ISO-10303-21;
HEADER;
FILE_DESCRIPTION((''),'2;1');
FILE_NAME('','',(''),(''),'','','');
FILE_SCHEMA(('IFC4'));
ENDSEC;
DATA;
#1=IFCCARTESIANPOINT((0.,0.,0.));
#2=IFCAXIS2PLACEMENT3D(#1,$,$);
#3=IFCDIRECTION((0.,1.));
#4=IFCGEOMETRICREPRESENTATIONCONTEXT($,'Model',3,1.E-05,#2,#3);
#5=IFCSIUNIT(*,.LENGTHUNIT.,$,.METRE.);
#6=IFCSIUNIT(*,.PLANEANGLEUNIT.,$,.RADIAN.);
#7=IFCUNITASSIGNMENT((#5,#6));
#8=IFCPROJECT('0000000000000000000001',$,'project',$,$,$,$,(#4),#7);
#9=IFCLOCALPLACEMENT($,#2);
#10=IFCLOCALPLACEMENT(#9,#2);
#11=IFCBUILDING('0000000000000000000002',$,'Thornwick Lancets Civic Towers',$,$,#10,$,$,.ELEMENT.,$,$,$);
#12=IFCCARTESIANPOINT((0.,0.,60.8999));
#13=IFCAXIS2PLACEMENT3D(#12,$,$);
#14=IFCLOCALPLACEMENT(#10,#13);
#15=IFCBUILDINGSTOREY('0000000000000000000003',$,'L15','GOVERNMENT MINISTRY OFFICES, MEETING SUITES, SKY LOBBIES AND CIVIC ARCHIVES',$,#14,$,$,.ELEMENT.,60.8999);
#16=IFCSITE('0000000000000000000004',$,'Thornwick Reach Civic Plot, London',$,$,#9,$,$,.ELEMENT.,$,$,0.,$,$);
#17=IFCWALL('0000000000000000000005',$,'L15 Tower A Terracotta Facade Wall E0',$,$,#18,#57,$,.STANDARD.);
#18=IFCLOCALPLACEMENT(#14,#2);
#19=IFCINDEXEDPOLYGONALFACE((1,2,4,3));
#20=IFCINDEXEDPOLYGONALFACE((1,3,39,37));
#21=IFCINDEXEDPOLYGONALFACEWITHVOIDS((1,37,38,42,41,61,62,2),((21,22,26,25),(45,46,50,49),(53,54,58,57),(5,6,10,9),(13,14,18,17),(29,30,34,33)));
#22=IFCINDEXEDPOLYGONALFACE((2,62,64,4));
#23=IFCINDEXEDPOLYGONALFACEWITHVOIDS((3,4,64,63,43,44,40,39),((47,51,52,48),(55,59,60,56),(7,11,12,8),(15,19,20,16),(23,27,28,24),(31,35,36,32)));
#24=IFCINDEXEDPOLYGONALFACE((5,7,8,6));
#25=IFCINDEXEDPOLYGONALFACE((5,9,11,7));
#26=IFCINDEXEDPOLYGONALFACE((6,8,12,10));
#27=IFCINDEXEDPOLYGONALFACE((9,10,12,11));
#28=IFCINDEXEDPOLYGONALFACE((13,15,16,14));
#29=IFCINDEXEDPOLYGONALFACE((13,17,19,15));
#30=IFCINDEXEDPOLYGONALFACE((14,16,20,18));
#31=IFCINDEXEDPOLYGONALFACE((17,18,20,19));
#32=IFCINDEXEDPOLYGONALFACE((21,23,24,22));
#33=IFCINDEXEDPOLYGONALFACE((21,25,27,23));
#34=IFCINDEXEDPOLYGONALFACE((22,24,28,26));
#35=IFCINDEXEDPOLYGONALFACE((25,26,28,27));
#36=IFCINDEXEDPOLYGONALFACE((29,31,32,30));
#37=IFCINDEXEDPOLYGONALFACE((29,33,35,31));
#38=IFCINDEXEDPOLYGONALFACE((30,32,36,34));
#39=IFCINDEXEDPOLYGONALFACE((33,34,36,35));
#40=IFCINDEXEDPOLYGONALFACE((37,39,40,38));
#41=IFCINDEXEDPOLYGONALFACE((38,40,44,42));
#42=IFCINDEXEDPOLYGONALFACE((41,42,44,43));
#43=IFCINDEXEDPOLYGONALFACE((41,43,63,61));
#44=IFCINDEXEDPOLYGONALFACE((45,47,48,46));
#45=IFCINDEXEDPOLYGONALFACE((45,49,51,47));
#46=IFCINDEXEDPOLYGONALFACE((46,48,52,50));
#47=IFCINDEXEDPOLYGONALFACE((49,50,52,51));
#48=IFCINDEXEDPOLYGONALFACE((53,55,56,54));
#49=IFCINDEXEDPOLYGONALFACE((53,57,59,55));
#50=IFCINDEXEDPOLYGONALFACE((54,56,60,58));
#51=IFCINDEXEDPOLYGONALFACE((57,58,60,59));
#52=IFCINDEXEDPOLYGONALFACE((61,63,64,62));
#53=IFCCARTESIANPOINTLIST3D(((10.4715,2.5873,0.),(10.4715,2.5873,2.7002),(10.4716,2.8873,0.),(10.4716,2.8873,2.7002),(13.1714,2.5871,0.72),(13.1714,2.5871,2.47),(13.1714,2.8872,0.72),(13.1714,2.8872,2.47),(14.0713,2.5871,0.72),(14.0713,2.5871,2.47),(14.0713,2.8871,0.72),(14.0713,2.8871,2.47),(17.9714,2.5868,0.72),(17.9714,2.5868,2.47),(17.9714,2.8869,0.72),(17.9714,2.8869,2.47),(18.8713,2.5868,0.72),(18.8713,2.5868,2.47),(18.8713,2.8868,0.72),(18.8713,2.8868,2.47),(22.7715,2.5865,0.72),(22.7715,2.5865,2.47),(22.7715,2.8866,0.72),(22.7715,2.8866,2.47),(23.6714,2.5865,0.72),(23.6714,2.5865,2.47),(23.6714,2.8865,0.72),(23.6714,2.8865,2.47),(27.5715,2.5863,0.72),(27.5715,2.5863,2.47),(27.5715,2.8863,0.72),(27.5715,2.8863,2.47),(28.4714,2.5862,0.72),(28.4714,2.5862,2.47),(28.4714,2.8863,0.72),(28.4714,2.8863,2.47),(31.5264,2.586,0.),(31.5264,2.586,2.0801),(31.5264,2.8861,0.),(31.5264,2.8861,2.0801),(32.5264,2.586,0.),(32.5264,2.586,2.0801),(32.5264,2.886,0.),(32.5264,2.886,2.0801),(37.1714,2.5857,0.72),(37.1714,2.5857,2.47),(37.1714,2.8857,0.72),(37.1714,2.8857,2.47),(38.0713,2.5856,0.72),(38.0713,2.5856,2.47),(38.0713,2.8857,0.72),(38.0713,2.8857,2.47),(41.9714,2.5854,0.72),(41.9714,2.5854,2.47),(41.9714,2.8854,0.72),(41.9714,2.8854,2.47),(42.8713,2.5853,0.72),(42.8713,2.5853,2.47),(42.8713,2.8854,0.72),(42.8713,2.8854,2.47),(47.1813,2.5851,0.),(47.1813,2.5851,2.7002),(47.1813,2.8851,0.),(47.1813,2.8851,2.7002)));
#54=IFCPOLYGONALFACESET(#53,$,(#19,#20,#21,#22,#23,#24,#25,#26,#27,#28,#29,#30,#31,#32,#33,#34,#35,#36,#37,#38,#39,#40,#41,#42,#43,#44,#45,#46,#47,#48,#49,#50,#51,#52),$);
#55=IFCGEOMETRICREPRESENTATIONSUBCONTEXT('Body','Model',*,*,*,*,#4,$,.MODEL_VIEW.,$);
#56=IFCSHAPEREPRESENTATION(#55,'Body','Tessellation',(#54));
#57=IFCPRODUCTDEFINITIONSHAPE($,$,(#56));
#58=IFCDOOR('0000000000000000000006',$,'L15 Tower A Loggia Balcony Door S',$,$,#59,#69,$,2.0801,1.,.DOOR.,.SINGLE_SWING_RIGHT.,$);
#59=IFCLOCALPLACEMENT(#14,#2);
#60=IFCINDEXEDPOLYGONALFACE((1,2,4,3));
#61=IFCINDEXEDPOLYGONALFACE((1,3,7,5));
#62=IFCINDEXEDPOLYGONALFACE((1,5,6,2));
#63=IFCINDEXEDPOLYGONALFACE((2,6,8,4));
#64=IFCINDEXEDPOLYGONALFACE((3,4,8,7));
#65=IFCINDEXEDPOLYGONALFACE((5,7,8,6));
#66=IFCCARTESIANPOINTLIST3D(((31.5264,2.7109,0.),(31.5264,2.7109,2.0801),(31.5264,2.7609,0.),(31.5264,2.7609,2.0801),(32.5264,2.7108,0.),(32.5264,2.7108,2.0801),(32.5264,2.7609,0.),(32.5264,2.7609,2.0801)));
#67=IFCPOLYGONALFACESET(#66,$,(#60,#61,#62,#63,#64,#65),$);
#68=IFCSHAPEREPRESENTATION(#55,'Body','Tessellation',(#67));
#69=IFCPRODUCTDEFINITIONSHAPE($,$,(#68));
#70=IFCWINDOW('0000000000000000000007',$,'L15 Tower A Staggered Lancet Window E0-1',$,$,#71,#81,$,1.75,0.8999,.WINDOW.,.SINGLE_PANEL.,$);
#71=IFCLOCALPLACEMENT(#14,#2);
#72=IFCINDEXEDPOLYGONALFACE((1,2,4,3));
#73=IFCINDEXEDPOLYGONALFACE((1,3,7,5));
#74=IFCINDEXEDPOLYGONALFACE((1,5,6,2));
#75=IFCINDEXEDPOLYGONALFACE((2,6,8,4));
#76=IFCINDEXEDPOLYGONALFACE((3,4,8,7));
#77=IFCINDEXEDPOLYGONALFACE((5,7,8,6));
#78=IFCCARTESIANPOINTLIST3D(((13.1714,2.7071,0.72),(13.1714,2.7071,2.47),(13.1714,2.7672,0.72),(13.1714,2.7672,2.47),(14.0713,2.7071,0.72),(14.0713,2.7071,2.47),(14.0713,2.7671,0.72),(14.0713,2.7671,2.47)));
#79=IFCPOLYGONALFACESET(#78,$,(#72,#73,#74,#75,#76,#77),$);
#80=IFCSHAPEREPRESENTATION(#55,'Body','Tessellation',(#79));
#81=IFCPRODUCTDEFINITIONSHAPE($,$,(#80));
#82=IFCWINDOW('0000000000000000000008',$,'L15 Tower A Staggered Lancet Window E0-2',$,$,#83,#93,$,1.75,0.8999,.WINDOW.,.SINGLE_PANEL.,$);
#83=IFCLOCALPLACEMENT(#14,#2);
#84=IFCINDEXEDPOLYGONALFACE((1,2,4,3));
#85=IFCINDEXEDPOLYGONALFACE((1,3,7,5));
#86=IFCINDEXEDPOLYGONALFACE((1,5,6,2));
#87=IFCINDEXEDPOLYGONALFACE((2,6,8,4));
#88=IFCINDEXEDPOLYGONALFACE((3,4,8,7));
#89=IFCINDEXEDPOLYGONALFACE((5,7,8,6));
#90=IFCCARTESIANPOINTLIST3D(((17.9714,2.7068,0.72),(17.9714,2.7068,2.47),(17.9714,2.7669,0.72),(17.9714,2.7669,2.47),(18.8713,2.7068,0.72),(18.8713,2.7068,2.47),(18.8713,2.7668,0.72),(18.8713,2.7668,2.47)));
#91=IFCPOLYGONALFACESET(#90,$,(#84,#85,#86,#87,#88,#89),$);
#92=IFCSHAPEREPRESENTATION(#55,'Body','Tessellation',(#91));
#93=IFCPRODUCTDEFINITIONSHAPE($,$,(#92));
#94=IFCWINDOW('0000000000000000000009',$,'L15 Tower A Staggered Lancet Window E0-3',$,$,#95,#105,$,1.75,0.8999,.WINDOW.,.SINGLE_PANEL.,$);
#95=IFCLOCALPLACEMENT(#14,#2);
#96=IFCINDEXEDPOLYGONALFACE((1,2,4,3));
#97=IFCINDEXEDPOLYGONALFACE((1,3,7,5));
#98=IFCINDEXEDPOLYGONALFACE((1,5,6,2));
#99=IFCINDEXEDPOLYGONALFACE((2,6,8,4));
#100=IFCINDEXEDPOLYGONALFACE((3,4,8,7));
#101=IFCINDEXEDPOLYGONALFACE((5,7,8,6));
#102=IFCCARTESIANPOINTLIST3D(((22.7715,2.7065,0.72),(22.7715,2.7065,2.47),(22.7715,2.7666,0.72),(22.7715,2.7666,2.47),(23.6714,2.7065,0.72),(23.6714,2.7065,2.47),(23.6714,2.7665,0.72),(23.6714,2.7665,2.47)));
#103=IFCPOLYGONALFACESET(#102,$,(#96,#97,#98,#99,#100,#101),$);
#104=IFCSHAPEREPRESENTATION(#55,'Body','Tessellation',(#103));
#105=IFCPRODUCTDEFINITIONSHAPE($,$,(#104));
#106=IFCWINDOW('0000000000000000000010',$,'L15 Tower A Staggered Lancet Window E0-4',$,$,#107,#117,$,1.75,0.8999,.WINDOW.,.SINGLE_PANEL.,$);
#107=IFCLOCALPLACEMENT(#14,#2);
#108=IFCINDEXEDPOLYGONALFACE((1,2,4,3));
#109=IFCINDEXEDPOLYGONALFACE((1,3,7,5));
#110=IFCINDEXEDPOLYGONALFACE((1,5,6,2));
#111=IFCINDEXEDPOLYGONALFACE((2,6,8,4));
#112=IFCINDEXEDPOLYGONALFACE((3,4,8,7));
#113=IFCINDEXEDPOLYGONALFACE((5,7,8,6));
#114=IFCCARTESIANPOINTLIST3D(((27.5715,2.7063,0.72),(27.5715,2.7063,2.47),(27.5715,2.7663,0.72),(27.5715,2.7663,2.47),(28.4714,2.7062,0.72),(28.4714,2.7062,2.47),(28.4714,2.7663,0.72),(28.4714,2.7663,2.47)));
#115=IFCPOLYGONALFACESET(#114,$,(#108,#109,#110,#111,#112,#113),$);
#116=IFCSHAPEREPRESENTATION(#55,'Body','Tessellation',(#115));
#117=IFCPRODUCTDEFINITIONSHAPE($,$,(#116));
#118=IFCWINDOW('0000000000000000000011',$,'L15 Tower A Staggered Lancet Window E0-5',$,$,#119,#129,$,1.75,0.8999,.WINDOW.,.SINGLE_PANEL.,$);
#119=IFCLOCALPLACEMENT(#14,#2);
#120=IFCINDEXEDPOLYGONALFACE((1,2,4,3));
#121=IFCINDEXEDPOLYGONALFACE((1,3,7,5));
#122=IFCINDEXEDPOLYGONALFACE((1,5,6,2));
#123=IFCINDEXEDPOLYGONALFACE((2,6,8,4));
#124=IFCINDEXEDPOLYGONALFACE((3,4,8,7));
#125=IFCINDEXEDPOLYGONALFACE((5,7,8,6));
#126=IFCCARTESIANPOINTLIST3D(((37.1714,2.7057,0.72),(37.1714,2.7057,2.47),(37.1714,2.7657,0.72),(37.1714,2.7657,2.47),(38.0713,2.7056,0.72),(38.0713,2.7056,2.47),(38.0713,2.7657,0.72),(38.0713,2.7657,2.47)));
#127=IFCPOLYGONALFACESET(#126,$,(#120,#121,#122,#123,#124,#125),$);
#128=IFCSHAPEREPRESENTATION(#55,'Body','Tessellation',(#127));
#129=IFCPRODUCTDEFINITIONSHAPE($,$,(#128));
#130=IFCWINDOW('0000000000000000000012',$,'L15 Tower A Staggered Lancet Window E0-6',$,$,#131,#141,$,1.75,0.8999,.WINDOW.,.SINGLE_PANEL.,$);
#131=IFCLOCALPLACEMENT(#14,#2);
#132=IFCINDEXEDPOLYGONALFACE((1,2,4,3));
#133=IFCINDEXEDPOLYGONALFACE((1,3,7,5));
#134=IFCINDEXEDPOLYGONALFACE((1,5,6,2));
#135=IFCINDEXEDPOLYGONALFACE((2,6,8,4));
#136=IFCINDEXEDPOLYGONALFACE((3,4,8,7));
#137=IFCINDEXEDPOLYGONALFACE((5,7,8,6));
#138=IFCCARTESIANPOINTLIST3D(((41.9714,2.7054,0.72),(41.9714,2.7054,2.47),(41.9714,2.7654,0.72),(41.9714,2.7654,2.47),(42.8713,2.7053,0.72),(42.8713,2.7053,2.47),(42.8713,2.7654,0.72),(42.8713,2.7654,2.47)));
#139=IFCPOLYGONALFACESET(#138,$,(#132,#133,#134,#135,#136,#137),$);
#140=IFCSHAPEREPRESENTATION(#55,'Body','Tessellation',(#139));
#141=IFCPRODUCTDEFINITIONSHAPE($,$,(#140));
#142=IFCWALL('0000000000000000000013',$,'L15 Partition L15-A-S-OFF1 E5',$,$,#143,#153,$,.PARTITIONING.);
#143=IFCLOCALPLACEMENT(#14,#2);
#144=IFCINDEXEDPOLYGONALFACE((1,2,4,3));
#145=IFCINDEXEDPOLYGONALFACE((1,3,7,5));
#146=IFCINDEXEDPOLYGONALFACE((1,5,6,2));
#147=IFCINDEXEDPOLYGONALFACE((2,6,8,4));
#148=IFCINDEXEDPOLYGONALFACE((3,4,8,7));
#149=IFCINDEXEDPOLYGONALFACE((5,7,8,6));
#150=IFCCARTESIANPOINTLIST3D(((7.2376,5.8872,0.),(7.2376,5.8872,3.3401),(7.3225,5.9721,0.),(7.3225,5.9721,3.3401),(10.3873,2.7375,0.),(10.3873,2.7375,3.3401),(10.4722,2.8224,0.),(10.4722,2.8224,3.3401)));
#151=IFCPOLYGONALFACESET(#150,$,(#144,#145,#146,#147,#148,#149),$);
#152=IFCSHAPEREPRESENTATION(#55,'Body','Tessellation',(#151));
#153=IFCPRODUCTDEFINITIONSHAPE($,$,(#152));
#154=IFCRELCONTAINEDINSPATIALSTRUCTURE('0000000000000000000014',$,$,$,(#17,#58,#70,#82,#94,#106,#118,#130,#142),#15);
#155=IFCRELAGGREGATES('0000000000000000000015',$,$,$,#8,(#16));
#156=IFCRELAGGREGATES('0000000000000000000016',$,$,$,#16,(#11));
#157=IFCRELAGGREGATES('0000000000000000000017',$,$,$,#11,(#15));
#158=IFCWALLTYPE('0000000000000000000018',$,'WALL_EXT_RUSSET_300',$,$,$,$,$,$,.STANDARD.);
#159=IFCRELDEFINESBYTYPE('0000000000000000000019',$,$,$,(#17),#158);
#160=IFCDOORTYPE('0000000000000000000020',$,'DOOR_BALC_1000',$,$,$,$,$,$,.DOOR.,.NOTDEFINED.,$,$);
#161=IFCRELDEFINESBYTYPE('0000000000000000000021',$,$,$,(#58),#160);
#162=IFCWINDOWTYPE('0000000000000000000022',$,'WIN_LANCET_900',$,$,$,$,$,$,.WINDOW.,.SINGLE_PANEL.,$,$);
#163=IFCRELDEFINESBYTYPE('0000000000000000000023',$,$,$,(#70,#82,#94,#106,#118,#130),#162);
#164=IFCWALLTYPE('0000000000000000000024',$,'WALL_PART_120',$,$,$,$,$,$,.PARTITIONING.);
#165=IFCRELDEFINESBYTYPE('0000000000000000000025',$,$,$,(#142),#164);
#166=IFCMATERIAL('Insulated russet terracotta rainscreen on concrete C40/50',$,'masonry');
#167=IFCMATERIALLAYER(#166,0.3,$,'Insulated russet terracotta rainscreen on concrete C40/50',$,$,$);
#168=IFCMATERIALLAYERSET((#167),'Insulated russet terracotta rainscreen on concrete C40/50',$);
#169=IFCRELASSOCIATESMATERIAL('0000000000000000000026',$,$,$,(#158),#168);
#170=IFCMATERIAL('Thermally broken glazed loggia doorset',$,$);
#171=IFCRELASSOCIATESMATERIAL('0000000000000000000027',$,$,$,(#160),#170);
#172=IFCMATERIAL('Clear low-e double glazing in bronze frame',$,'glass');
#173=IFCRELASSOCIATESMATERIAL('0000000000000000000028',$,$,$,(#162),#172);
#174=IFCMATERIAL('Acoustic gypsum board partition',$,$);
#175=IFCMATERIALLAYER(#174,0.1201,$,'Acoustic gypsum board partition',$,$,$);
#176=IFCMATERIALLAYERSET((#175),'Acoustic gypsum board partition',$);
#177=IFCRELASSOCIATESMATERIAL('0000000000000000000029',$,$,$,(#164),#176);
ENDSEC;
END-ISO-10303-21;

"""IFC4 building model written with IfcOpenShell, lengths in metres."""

from ifc_helpers import new_model, si_unit, direction, frame, frame_2d, origin, place, context, subcontext, project, spatial, rectangle, extrude, material, layer, layer_set, type_object, element, fill, save


model = new_model("IFC4")

# Units and contexts
model_context = context("Model", 3, precision=1e-05, world=origin(), true_north=direction((0.0, 1.0)))
body_context = subcontext(model_context, "Body", "Model", "MODEL_VIEW")
ifc_project = project(units=[si_unit("LENGTHUNIT", "METRE"), si_unit("PLANEANGLEUNIT", "RADIAN")], contexts=[model_context])

# Site, building, storey
site_placement = place(None, origin())
site = spatial("IfcSite", under=ifc_project, at=site_placement, Name="Thornwick Reach Civic Plot, London", CompositionType="ELEMENT", RefElevation=0.0)
building_placement = place(site_placement, origin())
building = spatial("IfcBuilding", under=site, at=building_placement, Name="Thornwick Lancets Civic Towers", CompositionType="ELEMENT")
storey_placement = place(building_placement, frame((0.0, 0.0, 60.8999)))
storey = spatial("IfcBuildingStorey", under=building, at=storey_placement, Name="L15", Description="GOVERNMENT MINISTRY OFFICES, MEETING SUITES, SKY LOBBIES AND CIVIC ARCHIVES", CompositionType="ELEMENT", Elevation=60.8999)

# Wall, openings, door, windows
ifc_material_1 = material(Name="Insulated russet terracotta rainscreen on concrete C40/50", Category="masonry")
ifc_layer_1 = layer(ifc_material_1, 0.3, Name="Insulated russet terracotta rainscreen on concrete C40/50")
ifc_layer_set_1 = layer_set([ifc_layer_1], Name="Insulated russet terracotta rainscreen on concrete C40/50")
wall_type_1 = type_object("IfcWallType", Name="WALL_EXT_RUSSET_300", PredefinedType="STANDARD", material=ifc_layer_set_1)
wall_1_placement = place(storey_placement, frame((10.4714, 2.7373, 0.0), z_axis=(0.0, 0.0, 1.0), x_axis=(1.0, -0.00006, 0.0)))
wall_1 = element("IfcWall", 1, at=wall_1_placement, inside=storey, type_object=wall_type_1, Name="L15 Tower A Terracotta Facade Wall E0", PredefinedType="STANDARD", context=body_context, shape_type="SweptSolid", body=[
    extrude(rectangle(XDim=36.7097, YDim=0.3, at=frame_2d((18.355, 0.0))), origin(), (0.0, 0.0, 1.0), 2.7002),
])
opening_1_placement = place(wall_1_placement, frame((21.0549, 0.0, 0.0)))
opening_1 = element("IfcOpeningElement", 2, at=opening_1_placement, cuts=wall_1, PredefinedType="OPENING", context=body_context, shape_type="SweptSolid", body=[
    extrude(rectangle(XDim=1.0, YDim=2.0801, at=frame_2d((0.5, 1.04))), frame((0.0, 0.1602, 0.0), z_axis=(0.0, -1.0, 0.0), x_axis=(1.0, 0.0, 0.0)), (0.0, 0.0, 1.0), 0.3201),
])
opening_2_placement = place(wall_1_placement, frame((2.7, 0.0, 0.72)))
opening_2 = element("IfcOpeningElement", 3, at=opening_2_placement, cuts=wall_1, PredefinedType="OPENING", context=body_context, shape_type="SweptSolid", body=[
    extrude(rectangle(XDim=0.8999, YDim=1.75, at=frame_2d((0.45, 0.875))), frame((0.0, 0.1602, 0.0), z_axis=(0.0, -1.0, 0.0), x_axis=(1.0, 0.0, 0.0)), (0.0, 0.0, 1.0), 0.3201),
])
opening_3_placement = place(wall_1_placement, frame((7.5, 0.0, 0.72)))
opening_3 = element("IfcOpeningElement", 4, at=opening_3_placement, cuts=wall_1, PredefinedType="OPENING", context=body_context, shape_type="SweptSolid", body=[
    extrude(rectangle(XDim=0.8999, YDim=1.75, at=frame_2d((0.45, 0.875))), frame((0.0, 0.1602, 0.0), z_axis=(0.0, -1.0, 0.0), x_axis=(1.0, 0.0, 0.0)), (0.0, 0.0, 1.0), 0.3201),
])
opening_4_placement = place(wall_1_placement, frame((12.3, 0.0, 0.72)))
opening_4 = element("IfcOpeningElement", 5, at=opening_4_placement, cuts=wall_1, PredefinedType="OPENING", context=body_context, shape_type="SweptSolid", body=[
    extrude(rectangle(XDim=0.8999, YDim=1.75, at=frame_2d((0.45, 0.875))), frame((0.0, 0.1602, 0.0), z_axis=(0.0, -1.0, 0.0), x_axis=(1.0, 0.0, 0.0)), (0.0, 0.0, 1.0), 0.3201),
])
opening_5_placement = place(wall_1_placement, frame((17.1001, 0.0, 0.72)))
opening_5 = element("IfcOpeningElement", 6, at=opening_5_placement, cuts=wall_1, PredefinedType="OPENING", context=body_context, shape_type="SweptSolid", body=[
    extrude(rectangle(XDim=0.8999, YDim=1.75, at=frame_2d((0.45, 0.875))), frame((0.0, 0.1602, 0.0), z_axis=(0.0, -1.0, 0.0), x_axis=(1.0, 0.0, 0.0)), (0.0, 0.0, 1.0), 0.3201),
])
opening_6_placement = place(wall_1_placement, frame((26.7, 0.0, 0.72)))
opening_6 = element("IfcOpeningElement", 7, at=opening_6_placement, cuts=wall_1, PredefinedType="OPENING", context=body_context, shape_type="SweptSolid", body=[
    extrude(rectangle(XDim=0.8999, YDim=1.75, at=frame_2d((0.45, 0.875))), frame((0.0, 0.1602, 0.0), z_axis=(0.0, -1.0, 0.0), x_axis=(1.0, 0.0, 0.0)), (0.0, 0.0, 1.0), 0.3201),
])
opening_7_placement = place(wall_1_placement, frame((31.5, 0.0, 0.72)))
opening_7 = element("IfcOpeningElement", 8, at=opening_7_placement, cuts=wall_1, PredefinedType="OPENING", context=body_context, shape_type="SweptSolid", body=[
    extrude(rectangle(XDim=0.8999, YDim=1.75, at=frame_2d((0.45, 0.875))), frame((0.0, 0.1602, 0.0), z_axis=(0.0, -1.0, 0.0), x_axis=(1.0, 0.0, 0.0)), (0.0, 0.0, 1.0), 0.3201),
])
ifc_material_2 = material(Name="Thermally broken glazed loggia doorset")
door_type = type_object("IfcDoorType", Name="DOOR_BALC_1000", OperationType="NOTDEFINED", PredefinedType="DOOR", material=ifc_material_2)
door_placement = place(opening_1_placement, origin())
door = element("IfcDoor", 9, at=door_placement, inside=storey, type_object=door_type, Name="L15 Tower A Loggia Balcony Door S", OperationType="SINGLE_SWING_RIGHT", OverallHeight=2.0801, OverallWidth=1.0, PredefinedType="DOOR", context=body_context, shape_type="SweptSolid", body=[
    extrude(rectangle(XDim=1.0, YDim=2.0801, at=frame_2d((0.5, 1.04))), frame((0.0, 0.0249, 0.0), z_axis=(0.0, -1.0, 0.0), x_axis=(1.0, 0.0, 0.0)), (0.0, 0.0, 1.0), 0.05),
])
fill(opening_1, door)
ifc_material_3 = material(Name="Clear low-e double glazing in bronze frame", Category="glass")
window_type = type_object("IfcWindowType", Name="WIN_LANCET_900", PartitioningType="SINGLE_PANEL", PredefinedType="WINDOW", material=ifc_material_3)
window_1_placement = place(opening_2_placement, origin())
window_1 = element("IfcWindow", 10, at=window_1_placement, inside=storey, type_object=window_type, Name="L15 Tower A Staggered Lancet Window E0-1", OverallHeight=1.75, OverallWidth=0.8999, PartitioningType="SINGLE_PANEL", PredefinedType="WINDOW", context=body_context, shape_type="SweptSolid", body=[
    extrude(rectangle(XDim=0.8999, YDim=1.75, at=frame_2d((0.45, 0.875))), frame((0.0, 0.03, 0.0), z_axis=(0.0, -1.0, 0.0), x_axis=(1.0, 0.0, 0.0)), (0.0, 0.0, 1.0), 0.0601),
])
fill(opening_2, window_1)
window_2_placement = place(opening_3_placement, origin())
window_2 = element("IfcWindow", 11, at=window_2_placement, inside=storey, type_object=window_type, Name="L15 Tower A Staggered Lancet Window E0-2", OverallHeight=1.75, OverallWidth=0.8999, PartitioningType="SINGLE_PANEL", PredefinedType="WINDOW", context=body_context, shape_type="SweptSolid", body=[
    extrude(rectangle(XDim=0.8999, YDim=1.75, at=frame_2d((0.45, 0.875))), frame((0.0, 0.03, 0.0), z_axis=(0.0, -1.0, 0.0), x_axis=(1.0, 0.0, 0.0)), (0.0, 0.0, 1.0), 0.0601),
])
fill(opening_3, window_2)
window_3_placement = place(opening_4_placement, origin())
window_3 = element("IfcWindow", 12, at=window_3_placement, inside=storey, type_object=window_type, Name="L15 Tower A Staggered Lancet Window E0-3", OverallHeight=1.75, OverallWidth=0.8999, PartitioningType="SINGLE_PANEL", PredefinedType="WINDOW", context=body_context, shape_type="SweptSolid", body=[
    extrude(rectangle(XDim=0.8999, YDim=1.75, at=frame_2d((0.45, 0.875))), frame((0.0, 0.03, 0.0), z_axis=(0.0, -1.0, 0.0), x_axis=(1.0, 0.0, 0.0)), (0.0, 0.0, 1.0), 0.0601),
])
fill(opening_4, window_3)
window_4_placement = place(opening_5_placement, origin())
window_4 = element("IfcWindow", 13, at=window_4_placement, inside=storey, type_object=window_type, Name="L15 Tower A Staggered Lancet Window E0-4", OverallHeight=1.75, OverallWidth=0.8999, PartitioningType="SINGLE_PANEL", PredefinedType="WINDOW", context=body_context, shape_type="SweptSolid", body=[
    extrude(rectangle(XDim=0.8999, YDim=1.75, at=frame_2d((0.45, 0.875))), frame((0.0, 0.03, 0.0), z_axis=(0.0, -1.0, 0.0), x_axis=(1.0, 0.0, 0.0)), (0.0, 0.0, 1.0), 0.0601),
])
fill(opening_5, window_4)
window_5_placement = place(opening_6_placement, origin())
window_5 = element("IfcWindow", 14, at=window_5_placement, inside=storey, type_object=window_type, Name="L15 Tower A Staggered Lancet Window E0-5", OverallHeight=1.75, OverallWidth=0.8999, PartitioningType="SINGLE_PANEL", PredefinedType="WINDOW", context=body_context, shape_type="SweptSolid", body=[
    extrude(rectangle(XDim=0.8999, YDim=1.75, at=frame_2d((0.45, 0.875))), frame((0.0, 0.03, 0.0), z_axis=(0.0, -1.0, 0.0), x_axis=(1.0, 0.0, 0.0)), (0.0, 0.0, 1.0), 0.0601),
])
fill(opening_6, window_5)
window_6_placement = place(opening_7_placement, origin())
window_6 = element("IfcWindow", 15, at=window_6_placement, inside=storey, type_object=window_type, Name="L15 Tower A Staggered Lancet Window E0-6", OverallHeight=1.75, OverallWidth=0.8999, PartitioningType="SINGLE_PANEL", PredefinedType="WINDOW", context=body_context, shape_type="SweptSolid", body=[
    extrude(rectangle(XDim=0.8999, YDim=1.75, at=frame_2d((0.45, 0.875))), frame((0.0, 0.03, 0.0), z_axis=(0.0, -1.0, 0.0), x_axis=(1.0, 0.0, 0.0)), (0.0, 0.0, 1.0), 0.0601),
])
fill(opening_7, window_6)

# Wall
ifc_material_4 = material(Name="Acoustic gypsum board partition")
ifc_layer_2 = layer(ifc_material_4, 0.1201, Name="Acoustic gypsum board partition")
ifc_layer_set_2 = layer_set([ifc_layer_2], Name="Acoustic gypsum board partition")
wall_type_2 = type_object("IfcWallType", Name="WALL_PART_120", PredefinedType="PARTITIONING", material=ifc_layer_set_2)
wall_2_placement = place(storey_placement, frame((10.4297, 2.78, 0.0), z_axis=(0.0, 0.0, 1.0), x_axis=(-0.707107, 0.707107, 0.0)))
element("IfcWall", 16, at=wall_2_placement, inside=storey, type_object=wall_type_2, Name="L15 Partition L15-A-S-OFF1 E5", PredefinedType="PARTITIONING", context=body_context, shape_type="SweptSolid", body=[
    extrude(rectangle(XDim=4.4543, YDim=0.1201, at=frame_2d((2.2271, 0.0))), origin(), (0.0, 0.0, 1.0), 3.3401),
])

save(model, "model.ifc")
